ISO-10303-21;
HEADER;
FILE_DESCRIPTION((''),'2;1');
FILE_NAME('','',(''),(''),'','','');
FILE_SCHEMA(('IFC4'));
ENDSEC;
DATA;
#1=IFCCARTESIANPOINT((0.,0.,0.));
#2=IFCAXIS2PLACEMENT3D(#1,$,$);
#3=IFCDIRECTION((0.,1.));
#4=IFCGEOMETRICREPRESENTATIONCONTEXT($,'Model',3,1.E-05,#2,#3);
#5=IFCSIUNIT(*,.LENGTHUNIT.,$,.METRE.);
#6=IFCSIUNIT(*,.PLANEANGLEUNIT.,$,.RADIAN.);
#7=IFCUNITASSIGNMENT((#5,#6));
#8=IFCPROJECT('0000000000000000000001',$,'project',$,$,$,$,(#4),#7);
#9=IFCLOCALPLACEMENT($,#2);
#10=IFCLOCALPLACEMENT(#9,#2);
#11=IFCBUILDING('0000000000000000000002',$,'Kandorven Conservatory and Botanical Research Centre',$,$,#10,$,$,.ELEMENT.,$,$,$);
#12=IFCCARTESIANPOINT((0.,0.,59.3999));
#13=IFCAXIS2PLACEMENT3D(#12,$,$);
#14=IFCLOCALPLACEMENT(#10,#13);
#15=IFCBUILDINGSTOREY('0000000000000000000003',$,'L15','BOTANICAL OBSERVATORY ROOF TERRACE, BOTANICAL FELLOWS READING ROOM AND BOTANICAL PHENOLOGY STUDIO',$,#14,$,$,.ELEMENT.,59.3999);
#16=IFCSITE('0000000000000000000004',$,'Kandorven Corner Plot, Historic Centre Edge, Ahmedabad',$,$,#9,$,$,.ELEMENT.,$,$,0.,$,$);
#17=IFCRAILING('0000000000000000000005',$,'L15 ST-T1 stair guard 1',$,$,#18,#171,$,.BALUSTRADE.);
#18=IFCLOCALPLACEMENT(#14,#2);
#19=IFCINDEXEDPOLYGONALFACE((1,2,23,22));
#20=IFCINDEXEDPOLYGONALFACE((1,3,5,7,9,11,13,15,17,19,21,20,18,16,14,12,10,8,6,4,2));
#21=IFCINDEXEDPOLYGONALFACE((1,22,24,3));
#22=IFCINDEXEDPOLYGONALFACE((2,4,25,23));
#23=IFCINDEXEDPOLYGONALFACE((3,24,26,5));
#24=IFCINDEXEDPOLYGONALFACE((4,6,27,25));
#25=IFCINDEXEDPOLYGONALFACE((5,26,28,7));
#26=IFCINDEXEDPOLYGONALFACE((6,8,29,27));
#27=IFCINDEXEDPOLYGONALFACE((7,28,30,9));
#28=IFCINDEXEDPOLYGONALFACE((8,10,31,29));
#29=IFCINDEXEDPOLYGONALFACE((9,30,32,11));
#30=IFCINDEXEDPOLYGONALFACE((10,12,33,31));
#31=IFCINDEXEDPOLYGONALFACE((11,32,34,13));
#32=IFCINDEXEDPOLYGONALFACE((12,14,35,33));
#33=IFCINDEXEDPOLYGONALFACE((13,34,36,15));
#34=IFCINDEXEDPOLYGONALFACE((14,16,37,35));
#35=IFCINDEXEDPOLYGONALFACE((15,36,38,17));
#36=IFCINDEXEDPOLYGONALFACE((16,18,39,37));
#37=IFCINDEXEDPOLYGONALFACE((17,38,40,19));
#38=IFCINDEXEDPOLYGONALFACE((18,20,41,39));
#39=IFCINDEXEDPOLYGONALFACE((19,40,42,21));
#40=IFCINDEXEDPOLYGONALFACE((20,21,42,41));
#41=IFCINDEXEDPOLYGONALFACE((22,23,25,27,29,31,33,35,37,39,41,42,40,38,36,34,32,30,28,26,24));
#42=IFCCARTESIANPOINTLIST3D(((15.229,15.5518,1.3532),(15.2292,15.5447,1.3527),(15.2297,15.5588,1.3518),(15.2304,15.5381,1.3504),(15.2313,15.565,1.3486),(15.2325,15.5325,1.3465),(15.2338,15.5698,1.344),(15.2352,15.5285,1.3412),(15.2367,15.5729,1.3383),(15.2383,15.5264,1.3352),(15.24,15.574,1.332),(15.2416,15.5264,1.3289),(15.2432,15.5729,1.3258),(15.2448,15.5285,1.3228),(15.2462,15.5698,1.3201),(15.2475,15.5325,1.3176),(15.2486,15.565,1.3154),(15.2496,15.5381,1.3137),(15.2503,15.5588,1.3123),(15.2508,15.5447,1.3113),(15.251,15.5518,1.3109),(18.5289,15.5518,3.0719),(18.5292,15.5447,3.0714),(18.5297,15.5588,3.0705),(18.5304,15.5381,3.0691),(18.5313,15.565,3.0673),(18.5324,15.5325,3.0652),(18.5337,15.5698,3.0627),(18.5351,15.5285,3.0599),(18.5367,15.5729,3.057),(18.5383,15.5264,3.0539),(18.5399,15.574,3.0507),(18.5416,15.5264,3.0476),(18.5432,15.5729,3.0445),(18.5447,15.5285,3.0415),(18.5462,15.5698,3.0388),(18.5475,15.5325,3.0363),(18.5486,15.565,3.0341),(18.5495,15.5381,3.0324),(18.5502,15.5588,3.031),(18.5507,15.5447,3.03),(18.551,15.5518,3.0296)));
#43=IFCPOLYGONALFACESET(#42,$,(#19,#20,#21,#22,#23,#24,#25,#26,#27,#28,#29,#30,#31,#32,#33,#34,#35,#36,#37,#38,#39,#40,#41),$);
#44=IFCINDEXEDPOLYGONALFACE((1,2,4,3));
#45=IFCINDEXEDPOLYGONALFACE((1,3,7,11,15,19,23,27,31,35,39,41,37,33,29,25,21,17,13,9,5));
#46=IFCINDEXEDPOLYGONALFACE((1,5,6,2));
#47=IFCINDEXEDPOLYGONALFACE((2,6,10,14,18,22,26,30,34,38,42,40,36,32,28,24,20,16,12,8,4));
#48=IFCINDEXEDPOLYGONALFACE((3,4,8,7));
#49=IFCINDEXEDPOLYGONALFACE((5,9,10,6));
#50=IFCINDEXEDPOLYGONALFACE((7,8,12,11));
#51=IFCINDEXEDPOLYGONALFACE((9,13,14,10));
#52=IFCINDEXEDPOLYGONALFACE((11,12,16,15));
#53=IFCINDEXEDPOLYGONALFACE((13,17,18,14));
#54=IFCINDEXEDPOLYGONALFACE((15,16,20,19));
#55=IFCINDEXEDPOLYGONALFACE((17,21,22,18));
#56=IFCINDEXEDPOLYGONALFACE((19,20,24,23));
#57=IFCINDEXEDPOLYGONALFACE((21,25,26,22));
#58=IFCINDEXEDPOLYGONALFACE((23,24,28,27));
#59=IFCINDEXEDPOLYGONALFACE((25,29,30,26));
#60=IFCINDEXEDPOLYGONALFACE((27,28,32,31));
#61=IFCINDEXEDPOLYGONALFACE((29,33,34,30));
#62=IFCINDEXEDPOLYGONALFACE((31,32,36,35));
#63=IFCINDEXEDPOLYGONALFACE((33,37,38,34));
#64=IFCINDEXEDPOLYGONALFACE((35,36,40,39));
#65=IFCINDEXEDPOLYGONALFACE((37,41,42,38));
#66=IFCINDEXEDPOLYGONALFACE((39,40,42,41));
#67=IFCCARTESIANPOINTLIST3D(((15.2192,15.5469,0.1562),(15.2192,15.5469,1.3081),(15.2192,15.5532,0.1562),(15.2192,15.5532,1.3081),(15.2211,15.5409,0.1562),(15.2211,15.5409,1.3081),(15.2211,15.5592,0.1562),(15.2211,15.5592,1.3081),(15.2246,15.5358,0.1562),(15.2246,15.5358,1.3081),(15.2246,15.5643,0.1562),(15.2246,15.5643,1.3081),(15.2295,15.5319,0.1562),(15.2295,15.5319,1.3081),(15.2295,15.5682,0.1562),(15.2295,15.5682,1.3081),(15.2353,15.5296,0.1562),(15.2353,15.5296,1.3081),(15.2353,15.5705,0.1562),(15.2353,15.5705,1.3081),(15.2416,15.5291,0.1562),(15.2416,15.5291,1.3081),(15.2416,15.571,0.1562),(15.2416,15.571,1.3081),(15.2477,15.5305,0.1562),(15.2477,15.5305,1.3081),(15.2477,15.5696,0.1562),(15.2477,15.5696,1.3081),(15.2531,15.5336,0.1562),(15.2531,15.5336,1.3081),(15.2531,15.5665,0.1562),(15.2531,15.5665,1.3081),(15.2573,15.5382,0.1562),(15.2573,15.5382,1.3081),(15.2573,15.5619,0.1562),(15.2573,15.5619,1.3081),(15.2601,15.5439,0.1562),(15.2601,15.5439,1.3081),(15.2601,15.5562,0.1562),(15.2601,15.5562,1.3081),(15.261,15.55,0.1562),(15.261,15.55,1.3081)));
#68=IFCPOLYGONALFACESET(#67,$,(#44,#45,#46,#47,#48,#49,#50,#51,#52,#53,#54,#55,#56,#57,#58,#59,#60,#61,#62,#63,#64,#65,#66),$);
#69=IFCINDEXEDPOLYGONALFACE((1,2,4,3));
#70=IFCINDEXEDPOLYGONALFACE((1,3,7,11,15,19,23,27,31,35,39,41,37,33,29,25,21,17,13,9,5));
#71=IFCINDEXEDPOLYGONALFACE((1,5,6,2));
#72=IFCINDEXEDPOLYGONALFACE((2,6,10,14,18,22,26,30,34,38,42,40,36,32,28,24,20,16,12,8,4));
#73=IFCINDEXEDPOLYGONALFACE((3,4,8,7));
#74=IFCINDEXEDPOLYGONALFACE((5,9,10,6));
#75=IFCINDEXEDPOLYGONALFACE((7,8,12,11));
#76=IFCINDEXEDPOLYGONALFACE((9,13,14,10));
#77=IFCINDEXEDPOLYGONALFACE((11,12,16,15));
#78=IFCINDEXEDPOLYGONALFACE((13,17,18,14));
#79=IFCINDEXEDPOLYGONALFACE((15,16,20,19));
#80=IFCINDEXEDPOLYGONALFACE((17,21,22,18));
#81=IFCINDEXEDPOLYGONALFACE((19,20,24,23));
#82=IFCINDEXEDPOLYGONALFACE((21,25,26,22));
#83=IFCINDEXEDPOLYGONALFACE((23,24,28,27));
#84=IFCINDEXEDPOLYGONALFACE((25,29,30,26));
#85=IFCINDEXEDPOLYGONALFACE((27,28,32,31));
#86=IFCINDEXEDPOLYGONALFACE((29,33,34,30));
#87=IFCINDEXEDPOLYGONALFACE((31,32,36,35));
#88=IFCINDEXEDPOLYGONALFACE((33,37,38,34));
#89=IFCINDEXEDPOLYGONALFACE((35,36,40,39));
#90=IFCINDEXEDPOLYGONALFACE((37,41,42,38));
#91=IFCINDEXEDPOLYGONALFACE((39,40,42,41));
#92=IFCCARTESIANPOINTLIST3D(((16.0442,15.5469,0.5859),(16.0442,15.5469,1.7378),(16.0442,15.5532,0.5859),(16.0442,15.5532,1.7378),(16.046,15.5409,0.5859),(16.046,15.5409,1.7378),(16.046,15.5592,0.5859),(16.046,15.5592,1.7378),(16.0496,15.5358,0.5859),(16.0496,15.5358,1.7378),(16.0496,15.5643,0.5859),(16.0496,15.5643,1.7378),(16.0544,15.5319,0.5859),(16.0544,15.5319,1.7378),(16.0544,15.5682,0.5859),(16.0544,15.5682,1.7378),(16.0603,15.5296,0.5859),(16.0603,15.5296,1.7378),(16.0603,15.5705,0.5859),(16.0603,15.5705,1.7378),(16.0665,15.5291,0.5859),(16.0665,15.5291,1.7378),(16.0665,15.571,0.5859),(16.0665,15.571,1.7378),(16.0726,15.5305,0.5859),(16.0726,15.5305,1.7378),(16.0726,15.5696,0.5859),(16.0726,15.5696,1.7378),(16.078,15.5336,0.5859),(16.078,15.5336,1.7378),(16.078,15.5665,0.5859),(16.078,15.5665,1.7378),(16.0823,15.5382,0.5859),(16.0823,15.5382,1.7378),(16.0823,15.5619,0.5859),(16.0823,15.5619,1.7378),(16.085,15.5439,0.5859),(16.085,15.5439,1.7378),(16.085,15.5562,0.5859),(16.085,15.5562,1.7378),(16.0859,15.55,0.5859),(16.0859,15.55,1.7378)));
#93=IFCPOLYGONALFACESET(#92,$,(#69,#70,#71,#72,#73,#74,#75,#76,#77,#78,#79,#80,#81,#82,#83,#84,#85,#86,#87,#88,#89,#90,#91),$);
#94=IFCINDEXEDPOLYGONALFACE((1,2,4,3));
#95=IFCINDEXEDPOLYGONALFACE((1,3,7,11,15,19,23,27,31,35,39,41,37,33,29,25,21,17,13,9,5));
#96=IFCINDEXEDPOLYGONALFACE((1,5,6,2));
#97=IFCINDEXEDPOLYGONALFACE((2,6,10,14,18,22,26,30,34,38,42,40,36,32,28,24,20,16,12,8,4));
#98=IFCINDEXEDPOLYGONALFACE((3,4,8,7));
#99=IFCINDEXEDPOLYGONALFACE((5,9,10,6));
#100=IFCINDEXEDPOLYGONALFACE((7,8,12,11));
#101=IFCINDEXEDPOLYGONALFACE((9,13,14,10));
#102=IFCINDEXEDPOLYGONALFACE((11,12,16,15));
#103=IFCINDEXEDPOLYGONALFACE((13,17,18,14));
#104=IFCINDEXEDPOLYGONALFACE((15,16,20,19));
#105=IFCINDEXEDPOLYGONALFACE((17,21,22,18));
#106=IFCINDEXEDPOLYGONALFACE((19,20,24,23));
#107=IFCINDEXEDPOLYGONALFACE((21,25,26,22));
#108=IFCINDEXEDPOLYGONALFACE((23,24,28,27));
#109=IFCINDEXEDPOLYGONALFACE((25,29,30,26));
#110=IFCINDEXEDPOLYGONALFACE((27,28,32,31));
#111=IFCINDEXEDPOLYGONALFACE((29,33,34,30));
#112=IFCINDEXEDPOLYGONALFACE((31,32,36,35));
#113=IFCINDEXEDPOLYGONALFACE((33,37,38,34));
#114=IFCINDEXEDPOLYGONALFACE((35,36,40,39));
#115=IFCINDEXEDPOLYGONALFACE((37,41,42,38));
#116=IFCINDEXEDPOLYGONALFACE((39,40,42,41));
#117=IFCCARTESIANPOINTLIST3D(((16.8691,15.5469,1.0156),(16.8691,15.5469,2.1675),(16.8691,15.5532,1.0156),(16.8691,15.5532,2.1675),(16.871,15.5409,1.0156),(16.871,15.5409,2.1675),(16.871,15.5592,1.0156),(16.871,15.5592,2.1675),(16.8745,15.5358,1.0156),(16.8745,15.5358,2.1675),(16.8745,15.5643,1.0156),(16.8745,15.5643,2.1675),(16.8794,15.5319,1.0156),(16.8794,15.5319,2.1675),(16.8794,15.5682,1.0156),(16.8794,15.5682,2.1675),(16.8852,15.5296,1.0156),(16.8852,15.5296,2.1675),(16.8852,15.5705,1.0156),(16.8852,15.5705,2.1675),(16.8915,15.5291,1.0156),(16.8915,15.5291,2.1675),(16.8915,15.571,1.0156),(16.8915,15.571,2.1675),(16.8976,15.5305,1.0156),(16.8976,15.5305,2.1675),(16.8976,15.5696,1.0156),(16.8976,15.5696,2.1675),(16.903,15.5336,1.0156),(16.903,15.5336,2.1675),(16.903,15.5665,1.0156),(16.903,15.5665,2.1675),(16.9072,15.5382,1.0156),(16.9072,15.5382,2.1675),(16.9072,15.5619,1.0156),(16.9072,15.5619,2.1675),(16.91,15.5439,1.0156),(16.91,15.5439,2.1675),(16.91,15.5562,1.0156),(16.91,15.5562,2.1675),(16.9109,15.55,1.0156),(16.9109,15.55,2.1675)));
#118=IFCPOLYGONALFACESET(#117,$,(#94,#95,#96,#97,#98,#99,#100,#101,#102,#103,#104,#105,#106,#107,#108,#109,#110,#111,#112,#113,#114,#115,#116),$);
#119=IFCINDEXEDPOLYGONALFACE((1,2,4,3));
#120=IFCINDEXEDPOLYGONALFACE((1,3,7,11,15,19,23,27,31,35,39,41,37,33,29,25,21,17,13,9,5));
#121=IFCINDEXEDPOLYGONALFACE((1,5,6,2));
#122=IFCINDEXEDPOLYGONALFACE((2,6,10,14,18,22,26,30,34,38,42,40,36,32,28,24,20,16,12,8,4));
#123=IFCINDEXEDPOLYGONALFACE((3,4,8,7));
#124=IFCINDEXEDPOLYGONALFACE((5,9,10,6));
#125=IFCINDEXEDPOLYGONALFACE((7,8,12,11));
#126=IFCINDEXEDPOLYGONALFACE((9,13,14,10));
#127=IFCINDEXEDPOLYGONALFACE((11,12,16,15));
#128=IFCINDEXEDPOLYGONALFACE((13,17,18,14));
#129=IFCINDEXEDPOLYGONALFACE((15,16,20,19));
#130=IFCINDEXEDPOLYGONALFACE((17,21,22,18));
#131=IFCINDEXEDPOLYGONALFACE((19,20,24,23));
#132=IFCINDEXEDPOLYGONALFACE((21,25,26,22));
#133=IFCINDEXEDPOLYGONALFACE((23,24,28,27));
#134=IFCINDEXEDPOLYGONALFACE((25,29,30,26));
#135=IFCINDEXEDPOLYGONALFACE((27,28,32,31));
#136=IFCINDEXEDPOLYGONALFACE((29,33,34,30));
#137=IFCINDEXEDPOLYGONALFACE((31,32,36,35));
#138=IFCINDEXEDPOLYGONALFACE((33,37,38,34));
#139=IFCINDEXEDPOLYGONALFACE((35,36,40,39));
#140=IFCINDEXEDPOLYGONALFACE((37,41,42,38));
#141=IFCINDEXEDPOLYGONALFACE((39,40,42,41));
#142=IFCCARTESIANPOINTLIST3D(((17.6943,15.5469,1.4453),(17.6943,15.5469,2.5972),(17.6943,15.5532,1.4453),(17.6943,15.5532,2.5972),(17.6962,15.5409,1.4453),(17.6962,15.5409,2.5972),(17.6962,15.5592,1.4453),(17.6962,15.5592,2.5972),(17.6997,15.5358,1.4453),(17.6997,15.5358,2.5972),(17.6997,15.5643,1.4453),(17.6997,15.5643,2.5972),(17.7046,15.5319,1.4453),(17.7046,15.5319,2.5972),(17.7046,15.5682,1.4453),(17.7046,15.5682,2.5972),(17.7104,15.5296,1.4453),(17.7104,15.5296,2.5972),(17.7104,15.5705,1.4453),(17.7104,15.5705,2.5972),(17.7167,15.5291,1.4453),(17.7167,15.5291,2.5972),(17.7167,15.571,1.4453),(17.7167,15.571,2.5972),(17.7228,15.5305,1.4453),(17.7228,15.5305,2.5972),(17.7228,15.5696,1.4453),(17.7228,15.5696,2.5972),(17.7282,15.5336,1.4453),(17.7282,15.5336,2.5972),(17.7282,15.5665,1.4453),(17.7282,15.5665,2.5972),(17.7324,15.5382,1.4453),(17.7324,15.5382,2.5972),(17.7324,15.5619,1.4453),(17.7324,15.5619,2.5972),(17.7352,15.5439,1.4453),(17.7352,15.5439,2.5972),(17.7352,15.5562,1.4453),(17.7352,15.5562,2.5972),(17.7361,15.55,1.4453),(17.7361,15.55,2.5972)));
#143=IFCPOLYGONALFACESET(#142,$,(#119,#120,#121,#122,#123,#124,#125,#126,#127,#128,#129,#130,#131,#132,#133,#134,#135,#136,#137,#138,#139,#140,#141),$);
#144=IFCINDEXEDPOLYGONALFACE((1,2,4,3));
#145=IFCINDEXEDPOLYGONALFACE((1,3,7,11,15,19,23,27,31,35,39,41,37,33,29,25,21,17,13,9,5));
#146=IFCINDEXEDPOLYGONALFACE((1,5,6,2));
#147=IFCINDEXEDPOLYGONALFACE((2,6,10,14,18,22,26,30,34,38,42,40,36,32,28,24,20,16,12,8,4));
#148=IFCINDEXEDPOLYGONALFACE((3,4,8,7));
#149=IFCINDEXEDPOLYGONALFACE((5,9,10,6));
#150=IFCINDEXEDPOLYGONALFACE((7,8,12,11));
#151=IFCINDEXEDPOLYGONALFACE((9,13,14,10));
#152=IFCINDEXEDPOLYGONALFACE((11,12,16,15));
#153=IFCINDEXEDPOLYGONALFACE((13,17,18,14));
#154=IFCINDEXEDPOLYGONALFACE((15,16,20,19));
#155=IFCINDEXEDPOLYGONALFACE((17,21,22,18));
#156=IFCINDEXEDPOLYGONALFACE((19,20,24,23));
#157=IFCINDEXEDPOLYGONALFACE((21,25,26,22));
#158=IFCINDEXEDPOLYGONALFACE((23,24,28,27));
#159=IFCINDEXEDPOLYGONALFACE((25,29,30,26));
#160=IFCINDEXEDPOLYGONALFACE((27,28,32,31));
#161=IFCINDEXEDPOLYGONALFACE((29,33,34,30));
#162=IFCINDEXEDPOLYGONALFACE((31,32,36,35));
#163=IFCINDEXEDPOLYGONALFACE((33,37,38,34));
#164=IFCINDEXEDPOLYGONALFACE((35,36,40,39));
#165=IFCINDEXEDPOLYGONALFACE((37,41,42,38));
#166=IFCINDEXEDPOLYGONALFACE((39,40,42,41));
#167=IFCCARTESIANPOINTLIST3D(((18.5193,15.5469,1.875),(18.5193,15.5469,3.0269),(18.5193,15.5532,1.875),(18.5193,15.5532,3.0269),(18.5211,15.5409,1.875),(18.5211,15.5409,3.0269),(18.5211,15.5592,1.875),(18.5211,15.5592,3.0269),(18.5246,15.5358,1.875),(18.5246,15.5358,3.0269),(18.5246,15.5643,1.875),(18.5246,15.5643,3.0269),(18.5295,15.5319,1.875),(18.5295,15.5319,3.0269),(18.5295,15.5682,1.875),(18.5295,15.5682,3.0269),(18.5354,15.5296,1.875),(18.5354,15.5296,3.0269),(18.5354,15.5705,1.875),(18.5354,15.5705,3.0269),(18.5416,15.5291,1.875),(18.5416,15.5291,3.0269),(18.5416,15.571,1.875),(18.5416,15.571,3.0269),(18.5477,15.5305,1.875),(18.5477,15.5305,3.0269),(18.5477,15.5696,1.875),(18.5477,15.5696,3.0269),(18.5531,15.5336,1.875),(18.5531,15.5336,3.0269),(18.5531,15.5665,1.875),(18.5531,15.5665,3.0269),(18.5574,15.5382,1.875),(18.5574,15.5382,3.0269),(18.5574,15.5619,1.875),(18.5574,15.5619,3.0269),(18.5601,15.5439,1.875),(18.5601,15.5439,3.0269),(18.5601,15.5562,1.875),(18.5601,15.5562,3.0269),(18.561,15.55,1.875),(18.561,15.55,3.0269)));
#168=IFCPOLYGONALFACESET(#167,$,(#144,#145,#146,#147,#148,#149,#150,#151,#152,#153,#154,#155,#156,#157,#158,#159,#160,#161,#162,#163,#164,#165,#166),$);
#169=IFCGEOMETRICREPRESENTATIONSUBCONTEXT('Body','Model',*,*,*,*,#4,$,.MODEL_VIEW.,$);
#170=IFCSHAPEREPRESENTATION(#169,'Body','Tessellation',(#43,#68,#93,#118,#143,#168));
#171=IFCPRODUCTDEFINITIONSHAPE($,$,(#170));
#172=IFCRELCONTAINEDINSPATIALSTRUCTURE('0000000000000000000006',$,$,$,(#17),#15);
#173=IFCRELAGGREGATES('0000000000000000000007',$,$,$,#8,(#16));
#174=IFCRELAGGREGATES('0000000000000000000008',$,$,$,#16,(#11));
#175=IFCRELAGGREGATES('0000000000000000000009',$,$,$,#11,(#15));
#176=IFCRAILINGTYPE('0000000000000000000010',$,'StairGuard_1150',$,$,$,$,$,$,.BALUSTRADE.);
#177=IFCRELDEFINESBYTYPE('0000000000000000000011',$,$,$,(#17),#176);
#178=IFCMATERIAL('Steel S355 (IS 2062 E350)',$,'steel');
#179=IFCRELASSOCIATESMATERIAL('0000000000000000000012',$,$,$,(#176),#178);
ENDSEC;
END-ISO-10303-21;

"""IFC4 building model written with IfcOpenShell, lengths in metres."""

from ifc_helpers import new_model, si_unit, direction, frame, origin, origin_2d, place, context, subcontext, project, spatial, circle, extrude, material, type_object, element, save


model = new_model("IFC4")

# Units and contexts
model_context = context("Model", 3, precision=1e-05, world=origin(), true_north=direction((0.0, 1.0)))
body_context = subcontext(model_context, "Body", "Model", "MODEL_VIEW")
ifc_project = project(units=[si_unit("LENGTHUNIT", "METRE"), si_unit("PLANEANGLEUNIT", "RADIAN")], contexts=[model_context])

# Site, building, storey
site_placement = place(None, origin())
site = spatial("IfcSite", under=ifc_project, at=site_placement, Name="Kandorven Corner Plot, Historic Centre Edge, Ahmedabad", CompositionType="ELEMENT", RefElevation=0.0)
building_placement = place(site_placement, origin())
building = spatial("IfcBuilding", under=site, at=building_placement, Name="Kandorven Conservatory and Botanical Research Centre", CompositionType="ELEMENT")
storey_placement = place(building_placement, frame((0.0, 0.0, 59.3999)))
storey = spatial("IfcBuildingStorey", under=building, at=storey_placement, Name="L15", Description="BOTANICAL OBSERVATORY ROOF TERRACE, BOTANICAL FELLOWS READING ROOM AND BOTANICAL PHENOLOGY STUDIO", CompositionType="ELEMENT", Elevation=59.3999)

# Railing
ifc_material_1 = material(Name="Steel S355 (IS 2062 E350)", Category="steel")
railing_type_1 = type_object("IfcRailingType", Name="StairGuard_1150", PredefinedType="BALUSTRADE", material=ifc_material_1)
railing_1_placement = place(storey_placement, frame((15.24, 15.55, 0.1562)))
element("IfcRailing", 1, at=railing_1_placement, inside=storey, type_object=railing_type_1, Name="L15 ST-T1 stair guard 1", PredefinedType="BALUSTRADE", context=body_context, shape_type="SweptSolid", body=[
    extrude(circle(Radius=0.0239, at=origin_2d()), frame((0.0, 0.0, 1.1758), z_axis=(0.886917, 0.0, 0.461929), x_axis=(0.0, 1.0, 0.0)), (0.0, 0.0, 1.0), 3.7207),
    extrude(circle(Radius=0.021, at=origin_2d()), origin(), (0.0, 0.0, 1.0), 1.1519),
    extrude(circle(Radius=0.021, at=origin_2d()), frame((0.825, 0.0, 0.4297)), (0.0, 0.0, 1.0), 1.1519),
    extrude(circle(Radius=0.021, at=origin_2d()), frame((1.6499, 0.0, 0.8594)), (0.0, 0.0, 1.0), 1.1519),
    extrude(circle(Radius=0.021, at=origin_2d()), frame((2.4751, 0.0, 1.2891)), (0.0, 0.0, 1.0), 1.1519),
    extrude(circle(Radius=0.021, at=origin_2d()), frame((3.3, 0.0, 1.7188)), (0.0, 0.0, 1.0), 1.1519),
])

save(model, "model.ifc")
